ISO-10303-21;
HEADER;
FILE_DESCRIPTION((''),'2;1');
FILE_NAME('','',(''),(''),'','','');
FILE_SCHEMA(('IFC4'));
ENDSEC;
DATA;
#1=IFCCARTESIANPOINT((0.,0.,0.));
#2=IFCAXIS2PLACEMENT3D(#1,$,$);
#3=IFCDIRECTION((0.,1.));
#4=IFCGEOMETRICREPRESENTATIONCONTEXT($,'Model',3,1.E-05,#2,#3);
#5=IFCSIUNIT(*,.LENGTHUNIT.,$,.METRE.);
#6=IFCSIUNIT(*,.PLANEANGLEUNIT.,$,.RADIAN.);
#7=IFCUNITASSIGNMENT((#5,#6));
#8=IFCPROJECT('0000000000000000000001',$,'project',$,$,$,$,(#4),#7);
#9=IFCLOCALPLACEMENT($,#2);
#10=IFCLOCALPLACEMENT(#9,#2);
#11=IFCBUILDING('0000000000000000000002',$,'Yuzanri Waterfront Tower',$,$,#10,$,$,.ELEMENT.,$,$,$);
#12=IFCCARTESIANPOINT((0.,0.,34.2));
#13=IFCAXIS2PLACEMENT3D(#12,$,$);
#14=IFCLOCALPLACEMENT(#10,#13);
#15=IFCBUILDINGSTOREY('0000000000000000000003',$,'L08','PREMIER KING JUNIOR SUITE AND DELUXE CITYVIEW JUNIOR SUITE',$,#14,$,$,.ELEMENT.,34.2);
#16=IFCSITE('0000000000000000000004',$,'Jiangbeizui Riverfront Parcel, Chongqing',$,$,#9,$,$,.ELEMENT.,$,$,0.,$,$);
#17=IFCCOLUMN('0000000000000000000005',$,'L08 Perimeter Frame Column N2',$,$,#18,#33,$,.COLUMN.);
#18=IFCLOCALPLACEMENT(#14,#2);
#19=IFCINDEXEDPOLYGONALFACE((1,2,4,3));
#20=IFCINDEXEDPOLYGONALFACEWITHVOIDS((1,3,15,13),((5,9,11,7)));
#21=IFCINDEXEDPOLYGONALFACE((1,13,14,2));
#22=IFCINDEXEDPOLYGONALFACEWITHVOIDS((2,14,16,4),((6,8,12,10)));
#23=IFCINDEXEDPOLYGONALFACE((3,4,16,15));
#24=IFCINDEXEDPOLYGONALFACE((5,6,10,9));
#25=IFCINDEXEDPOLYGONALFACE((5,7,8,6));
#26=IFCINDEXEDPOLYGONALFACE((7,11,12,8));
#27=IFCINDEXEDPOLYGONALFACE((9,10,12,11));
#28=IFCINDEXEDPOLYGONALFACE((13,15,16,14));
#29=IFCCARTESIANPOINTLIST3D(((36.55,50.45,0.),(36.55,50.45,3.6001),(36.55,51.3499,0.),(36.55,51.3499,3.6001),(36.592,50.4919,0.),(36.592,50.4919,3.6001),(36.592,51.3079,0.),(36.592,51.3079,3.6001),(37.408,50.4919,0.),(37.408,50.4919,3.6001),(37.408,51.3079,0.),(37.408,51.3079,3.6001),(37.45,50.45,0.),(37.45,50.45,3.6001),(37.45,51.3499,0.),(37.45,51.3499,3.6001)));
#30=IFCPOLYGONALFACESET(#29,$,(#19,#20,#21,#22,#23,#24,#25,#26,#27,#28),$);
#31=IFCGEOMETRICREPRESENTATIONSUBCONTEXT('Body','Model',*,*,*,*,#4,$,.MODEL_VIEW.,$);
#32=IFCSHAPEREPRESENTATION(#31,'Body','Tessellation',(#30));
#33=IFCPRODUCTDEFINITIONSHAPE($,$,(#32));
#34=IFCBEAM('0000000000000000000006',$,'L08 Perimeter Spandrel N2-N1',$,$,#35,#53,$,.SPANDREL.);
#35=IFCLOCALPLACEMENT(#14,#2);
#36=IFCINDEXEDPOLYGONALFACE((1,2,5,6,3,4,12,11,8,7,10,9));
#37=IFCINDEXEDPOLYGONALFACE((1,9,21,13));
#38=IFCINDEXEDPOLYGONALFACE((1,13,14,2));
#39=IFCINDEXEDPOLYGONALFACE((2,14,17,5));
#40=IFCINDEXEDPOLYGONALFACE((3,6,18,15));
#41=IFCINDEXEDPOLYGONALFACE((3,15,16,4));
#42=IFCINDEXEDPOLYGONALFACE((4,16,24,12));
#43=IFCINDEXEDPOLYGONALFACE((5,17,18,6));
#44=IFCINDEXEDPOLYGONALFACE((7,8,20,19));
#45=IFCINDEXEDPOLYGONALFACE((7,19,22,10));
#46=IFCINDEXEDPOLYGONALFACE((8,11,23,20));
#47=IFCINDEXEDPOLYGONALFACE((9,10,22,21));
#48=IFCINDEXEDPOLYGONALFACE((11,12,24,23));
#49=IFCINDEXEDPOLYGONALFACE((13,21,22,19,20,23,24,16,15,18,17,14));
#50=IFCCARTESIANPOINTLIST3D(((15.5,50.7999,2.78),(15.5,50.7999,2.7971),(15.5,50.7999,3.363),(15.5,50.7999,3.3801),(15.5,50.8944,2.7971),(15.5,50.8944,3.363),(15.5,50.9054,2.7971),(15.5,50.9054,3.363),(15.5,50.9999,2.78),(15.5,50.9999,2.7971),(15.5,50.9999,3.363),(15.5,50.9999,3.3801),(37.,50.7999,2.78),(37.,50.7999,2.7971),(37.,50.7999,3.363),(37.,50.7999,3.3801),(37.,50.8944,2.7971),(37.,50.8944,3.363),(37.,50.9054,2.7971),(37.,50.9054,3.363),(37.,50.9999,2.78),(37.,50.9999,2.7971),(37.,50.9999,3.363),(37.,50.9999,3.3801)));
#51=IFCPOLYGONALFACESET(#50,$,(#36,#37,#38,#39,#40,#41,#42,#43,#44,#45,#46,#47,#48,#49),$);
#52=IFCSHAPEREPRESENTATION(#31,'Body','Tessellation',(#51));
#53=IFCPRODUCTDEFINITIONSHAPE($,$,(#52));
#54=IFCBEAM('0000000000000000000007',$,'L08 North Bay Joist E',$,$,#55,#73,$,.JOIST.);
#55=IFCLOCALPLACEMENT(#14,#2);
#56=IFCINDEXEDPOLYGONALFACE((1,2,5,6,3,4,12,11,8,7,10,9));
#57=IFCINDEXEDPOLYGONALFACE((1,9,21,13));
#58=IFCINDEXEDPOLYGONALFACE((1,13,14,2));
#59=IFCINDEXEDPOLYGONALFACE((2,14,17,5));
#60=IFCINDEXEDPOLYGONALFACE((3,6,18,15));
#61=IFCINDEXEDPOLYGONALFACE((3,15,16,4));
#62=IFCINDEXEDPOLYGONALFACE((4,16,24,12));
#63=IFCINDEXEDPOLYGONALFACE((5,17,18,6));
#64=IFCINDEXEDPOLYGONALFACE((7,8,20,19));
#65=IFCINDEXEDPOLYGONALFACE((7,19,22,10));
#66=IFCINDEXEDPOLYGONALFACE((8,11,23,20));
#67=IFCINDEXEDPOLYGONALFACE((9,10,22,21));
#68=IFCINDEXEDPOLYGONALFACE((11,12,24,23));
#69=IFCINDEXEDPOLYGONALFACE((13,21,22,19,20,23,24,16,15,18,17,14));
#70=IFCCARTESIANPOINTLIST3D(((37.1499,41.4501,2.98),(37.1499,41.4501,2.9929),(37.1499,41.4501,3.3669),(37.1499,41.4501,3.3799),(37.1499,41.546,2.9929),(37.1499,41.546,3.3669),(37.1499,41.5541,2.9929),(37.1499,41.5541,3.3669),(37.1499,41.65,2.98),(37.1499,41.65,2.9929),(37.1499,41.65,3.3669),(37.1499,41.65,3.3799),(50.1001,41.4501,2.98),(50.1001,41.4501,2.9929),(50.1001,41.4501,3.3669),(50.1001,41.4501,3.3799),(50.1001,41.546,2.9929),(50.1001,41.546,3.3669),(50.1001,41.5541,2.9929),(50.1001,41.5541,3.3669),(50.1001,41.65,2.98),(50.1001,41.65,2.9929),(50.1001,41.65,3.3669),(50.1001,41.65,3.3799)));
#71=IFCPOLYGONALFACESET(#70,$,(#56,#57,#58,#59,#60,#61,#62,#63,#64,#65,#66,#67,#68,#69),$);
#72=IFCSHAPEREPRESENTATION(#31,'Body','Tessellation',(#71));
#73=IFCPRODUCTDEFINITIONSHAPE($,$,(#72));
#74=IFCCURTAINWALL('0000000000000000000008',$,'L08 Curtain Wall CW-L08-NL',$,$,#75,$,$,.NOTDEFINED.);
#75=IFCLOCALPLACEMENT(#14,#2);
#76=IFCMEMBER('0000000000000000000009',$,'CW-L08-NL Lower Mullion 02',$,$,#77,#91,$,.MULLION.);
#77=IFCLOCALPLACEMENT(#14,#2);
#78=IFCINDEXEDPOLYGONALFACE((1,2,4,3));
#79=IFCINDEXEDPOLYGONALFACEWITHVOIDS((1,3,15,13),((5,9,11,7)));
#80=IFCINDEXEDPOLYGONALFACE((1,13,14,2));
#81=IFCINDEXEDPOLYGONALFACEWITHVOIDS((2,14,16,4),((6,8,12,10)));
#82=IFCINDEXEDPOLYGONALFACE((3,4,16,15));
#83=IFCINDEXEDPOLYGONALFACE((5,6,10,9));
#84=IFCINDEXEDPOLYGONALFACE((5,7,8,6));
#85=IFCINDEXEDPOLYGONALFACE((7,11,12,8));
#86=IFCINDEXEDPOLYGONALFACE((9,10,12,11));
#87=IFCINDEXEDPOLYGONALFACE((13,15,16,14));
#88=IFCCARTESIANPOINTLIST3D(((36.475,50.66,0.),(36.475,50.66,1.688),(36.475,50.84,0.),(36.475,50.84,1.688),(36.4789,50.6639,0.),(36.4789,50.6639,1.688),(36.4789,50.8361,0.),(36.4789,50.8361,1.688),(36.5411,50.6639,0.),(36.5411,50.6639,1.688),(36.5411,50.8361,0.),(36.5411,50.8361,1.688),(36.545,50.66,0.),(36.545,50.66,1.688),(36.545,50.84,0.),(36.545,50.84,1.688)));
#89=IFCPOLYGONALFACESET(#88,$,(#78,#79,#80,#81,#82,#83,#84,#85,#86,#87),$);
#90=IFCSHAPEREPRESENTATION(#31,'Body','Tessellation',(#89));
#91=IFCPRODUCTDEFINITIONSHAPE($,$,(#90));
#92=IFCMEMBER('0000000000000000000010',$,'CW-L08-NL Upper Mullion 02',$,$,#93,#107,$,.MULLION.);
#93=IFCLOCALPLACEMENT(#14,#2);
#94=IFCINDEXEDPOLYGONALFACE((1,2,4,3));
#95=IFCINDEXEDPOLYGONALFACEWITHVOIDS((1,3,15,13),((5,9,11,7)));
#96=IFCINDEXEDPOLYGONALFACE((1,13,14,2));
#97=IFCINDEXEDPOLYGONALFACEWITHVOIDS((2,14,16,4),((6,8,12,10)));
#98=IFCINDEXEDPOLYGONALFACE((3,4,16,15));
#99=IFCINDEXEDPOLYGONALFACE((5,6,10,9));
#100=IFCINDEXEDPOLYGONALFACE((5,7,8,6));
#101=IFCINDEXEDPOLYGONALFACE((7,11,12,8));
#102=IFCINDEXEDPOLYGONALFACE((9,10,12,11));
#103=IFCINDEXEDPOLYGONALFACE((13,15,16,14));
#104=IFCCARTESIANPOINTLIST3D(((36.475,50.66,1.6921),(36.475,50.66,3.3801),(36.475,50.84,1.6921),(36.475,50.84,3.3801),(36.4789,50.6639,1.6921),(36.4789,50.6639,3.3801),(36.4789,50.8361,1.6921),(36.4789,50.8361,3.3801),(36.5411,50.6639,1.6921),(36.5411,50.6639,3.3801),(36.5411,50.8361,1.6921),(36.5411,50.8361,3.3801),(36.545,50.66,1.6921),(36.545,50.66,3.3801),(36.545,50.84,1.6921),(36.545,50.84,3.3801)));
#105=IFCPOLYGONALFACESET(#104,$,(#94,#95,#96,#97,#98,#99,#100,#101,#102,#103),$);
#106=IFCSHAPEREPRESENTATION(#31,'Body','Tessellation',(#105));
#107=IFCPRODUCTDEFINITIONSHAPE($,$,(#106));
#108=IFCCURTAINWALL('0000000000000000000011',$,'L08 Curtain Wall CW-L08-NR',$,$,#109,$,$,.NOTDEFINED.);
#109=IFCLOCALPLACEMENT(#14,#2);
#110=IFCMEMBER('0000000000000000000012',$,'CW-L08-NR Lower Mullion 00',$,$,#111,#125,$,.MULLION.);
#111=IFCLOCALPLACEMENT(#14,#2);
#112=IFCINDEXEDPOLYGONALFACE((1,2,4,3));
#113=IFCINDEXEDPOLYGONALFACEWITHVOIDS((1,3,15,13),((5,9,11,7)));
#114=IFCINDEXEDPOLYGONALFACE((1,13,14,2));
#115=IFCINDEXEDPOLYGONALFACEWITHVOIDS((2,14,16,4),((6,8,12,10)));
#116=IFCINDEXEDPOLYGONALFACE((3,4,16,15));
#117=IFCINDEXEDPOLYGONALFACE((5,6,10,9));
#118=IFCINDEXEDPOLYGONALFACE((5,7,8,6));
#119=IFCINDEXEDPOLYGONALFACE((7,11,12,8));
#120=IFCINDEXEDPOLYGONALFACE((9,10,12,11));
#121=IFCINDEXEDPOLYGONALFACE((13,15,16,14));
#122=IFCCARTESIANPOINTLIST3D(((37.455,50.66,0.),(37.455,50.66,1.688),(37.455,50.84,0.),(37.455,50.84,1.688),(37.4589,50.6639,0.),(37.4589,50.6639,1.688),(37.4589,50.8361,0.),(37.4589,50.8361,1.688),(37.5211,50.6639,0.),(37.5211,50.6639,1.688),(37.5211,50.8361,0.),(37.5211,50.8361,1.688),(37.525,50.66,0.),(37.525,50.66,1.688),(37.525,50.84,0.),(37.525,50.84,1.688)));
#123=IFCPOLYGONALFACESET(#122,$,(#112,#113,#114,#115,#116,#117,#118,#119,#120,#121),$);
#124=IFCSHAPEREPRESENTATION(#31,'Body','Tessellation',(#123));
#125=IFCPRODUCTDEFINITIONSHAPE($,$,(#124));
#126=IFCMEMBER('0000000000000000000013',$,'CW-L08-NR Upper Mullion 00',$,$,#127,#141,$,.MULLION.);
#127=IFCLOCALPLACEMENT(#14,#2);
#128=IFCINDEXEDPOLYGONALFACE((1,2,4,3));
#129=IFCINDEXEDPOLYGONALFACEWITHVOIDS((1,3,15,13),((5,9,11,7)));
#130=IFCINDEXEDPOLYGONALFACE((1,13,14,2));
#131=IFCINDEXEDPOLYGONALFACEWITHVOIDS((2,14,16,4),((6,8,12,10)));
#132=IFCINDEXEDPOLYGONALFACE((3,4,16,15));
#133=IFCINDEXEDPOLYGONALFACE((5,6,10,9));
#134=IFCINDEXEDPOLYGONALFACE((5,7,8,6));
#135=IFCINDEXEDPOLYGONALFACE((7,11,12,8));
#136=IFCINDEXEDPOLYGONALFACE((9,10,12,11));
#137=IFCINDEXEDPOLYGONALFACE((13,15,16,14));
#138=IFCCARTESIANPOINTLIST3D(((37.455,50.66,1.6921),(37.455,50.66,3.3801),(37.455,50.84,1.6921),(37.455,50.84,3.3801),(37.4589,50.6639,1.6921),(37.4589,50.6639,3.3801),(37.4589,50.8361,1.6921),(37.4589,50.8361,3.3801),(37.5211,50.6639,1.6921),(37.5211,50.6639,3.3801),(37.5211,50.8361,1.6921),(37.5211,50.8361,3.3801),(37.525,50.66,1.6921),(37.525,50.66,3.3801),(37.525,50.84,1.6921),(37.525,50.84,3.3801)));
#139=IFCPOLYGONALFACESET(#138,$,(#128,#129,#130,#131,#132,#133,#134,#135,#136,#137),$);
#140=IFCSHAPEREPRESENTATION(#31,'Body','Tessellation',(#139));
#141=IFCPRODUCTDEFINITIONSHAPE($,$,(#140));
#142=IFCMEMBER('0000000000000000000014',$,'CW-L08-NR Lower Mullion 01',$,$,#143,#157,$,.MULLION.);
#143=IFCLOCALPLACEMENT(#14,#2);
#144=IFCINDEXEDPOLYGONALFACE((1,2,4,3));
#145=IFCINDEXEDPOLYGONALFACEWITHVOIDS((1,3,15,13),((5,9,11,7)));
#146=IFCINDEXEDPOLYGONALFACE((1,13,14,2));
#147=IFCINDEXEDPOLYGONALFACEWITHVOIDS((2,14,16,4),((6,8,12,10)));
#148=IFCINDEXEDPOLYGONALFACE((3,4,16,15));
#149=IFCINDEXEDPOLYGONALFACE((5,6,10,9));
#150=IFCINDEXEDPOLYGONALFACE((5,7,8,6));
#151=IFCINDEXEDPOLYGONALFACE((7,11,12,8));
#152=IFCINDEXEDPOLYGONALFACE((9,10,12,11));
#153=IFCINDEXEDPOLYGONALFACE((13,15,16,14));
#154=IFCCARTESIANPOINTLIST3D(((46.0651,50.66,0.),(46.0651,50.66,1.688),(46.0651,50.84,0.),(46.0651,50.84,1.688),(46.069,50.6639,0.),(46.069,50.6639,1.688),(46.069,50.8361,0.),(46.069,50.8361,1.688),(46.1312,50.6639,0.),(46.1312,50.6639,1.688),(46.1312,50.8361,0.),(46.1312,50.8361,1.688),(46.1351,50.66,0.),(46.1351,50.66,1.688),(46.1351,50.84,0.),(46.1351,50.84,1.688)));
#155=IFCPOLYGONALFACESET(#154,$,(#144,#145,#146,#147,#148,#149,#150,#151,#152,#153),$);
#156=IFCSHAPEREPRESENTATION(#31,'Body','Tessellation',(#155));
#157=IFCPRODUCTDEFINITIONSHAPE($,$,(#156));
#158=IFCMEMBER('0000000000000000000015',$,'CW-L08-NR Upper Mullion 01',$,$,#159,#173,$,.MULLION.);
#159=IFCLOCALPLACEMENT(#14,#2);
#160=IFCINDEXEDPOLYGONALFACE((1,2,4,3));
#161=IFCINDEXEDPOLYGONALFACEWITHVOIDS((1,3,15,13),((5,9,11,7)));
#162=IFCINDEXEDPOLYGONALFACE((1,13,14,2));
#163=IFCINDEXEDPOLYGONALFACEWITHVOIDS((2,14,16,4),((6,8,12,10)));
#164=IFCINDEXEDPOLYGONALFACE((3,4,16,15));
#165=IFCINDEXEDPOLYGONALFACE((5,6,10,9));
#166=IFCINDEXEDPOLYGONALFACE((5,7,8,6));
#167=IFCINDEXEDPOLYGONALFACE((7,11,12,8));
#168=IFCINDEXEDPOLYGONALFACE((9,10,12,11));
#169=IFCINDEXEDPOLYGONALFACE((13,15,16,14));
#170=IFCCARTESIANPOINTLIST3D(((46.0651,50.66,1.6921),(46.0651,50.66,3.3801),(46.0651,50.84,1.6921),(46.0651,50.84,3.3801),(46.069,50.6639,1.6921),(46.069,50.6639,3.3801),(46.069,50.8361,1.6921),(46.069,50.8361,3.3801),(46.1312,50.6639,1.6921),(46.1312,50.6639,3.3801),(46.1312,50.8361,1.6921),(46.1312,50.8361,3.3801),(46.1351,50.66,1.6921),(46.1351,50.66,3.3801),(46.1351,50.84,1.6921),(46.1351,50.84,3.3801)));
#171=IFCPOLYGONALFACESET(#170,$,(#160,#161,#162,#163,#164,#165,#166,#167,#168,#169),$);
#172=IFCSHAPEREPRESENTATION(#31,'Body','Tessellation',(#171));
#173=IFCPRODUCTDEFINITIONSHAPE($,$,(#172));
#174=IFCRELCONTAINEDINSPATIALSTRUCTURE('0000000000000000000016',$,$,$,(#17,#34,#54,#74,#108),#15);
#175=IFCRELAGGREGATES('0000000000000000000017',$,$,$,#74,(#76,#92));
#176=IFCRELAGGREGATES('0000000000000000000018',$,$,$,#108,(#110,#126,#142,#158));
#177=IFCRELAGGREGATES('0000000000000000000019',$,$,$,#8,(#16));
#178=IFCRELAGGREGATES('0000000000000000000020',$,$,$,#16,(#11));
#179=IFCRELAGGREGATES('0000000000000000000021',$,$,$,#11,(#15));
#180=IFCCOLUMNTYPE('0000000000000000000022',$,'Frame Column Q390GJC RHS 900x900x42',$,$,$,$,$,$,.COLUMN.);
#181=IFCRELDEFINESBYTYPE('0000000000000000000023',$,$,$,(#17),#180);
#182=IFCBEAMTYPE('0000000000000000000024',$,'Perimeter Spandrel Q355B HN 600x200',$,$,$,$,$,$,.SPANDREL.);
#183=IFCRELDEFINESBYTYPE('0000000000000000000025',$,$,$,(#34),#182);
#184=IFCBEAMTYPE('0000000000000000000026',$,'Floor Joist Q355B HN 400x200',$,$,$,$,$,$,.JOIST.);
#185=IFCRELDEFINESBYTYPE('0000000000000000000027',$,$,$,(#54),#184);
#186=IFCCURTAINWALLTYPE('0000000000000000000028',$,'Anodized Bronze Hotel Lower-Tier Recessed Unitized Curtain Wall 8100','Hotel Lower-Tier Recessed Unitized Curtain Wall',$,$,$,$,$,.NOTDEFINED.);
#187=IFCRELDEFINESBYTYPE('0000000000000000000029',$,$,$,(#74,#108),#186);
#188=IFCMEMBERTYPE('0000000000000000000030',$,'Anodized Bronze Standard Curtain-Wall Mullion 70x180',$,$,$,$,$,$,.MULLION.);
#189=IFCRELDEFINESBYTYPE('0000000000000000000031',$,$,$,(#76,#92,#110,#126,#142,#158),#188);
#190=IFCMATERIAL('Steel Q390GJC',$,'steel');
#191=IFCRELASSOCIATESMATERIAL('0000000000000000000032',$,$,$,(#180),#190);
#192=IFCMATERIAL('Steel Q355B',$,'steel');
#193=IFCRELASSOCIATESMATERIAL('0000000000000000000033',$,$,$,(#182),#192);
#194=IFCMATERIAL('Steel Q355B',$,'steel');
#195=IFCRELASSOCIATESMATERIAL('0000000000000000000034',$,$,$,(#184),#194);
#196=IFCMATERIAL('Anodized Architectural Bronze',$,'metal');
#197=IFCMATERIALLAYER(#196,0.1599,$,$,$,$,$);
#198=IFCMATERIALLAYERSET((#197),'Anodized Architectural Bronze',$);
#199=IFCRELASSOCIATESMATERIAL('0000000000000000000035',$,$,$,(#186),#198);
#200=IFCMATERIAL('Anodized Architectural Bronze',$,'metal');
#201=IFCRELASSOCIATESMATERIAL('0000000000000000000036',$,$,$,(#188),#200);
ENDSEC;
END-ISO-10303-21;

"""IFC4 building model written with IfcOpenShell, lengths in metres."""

from ifc_helpers import new_model, si_unit, direction, frame, origin, origin_2d, place, context, subcontext, project, spatial, hollow_rectangle, i_section, extrude, source, transform, mapped, material, layer, layer_set, material_profile, profile_set, type_object, element, aggregate, save


model = new_model("IFC4")

# Units and contexts
model_context = context("Model", 3, precision=1e-05, world=origin(), true_north=direction((0.0, 1.0)))
body_context = subcontext(model_context, "Body", "Model", "MODEL_VIEW")
ifc_project = project(units=[si_unit("LENGTHUNIT", "METRE"), si_unit("PLANEANGLEUNIT", "RADIAN")], contexts=[model_context])

# Site, building, storey
site_placement = place(None, origin())
site = spatial("IfcSite", under=ifc_project, at=site_placement, Name="Jiangbeizui Riverfront Parcel, Chongqing", CompositionType="ELEMENT", RefElevation=0.0)
building_placement = place(site_placement, origin())
building = spatial("IfcBuilding", under=site, at=building_placement, Name="Yuzanri Waterfront Tower", CompositionType="ELEMENT")
storey_placement = place(building_placement, frame((0.0, 0.0, 34.2)))
storey = spatial("IfcBuildingStorey", under=building, at=storey_placement, Name="L08", Description="PREMIER KING JUNIOR SUITE AND DELUXE CITYVIEW JUNIOR SUITE", CompositionType="ELEMENT", Elevation=34.2)

# Column
ifc_material_1 = material(Name="Steel Q390GJC", Category="steel")
ifc_material_profile_1 = material_profile(ifc_material_1, hollow_rectangle(XDim=0.8999, YDim=0.8999, WallThickness=0.042, at=origin_2d()), Name="RHS 900x900x42")
ifc_profile_set_1 = profile_set([ifc_material_profile_1], Name="Steel Q390GJC")
column_type = type_object("IfcColumnType", Name="Frame Column Q390GJC RHS 900x900x42", PredefinedType="COLUMN", material=ifc_profile_set_1)
shared_shape_1 = source(origin(), body_context, "Body", "SweptSolid", [
    extrude(hollow_rectangle(XDim=0.8999, YDim=0.8999, WallThickness=0.042, at=origin_2d()), origin(), (0.0, 0.0, 1.0), 3.6001),
])
column_placement = place(storey_placement, frame((37.0, 50.8999, 0.0), z_axis=(0.0, 0.0, 1.0), x_axis=(1.0, 0.0, 0.0)))
element("IfcColumn", 1, at=column_placement, inside=storey, type_object=column_type, Name="L08 Perimeter Frame Column N2", PredefinedType="COLUMN", context=body_context, shape_type="MappedRepresentation", body=[
    mapped(shared_shape_1, transform((0.0, 0.0, 0.0), scale=1.0)),
])

# Beams
ifc_material_2 = material(Name="Steel Q355B", Category="steel")
ifc_material_profile_2 = material_profile(ifc_material_2, i_section(OverallWidth=0.2, OverallDepth=0.6001, WebThickness=0.011, FlangeThickness=0.0171, at=origin_2d()), Name="HN 600x200x11x17")
ifc_profile_set_2 = profile_set([ifc_material_profile_2], Name="Steel Q355B")
beam_type_1 = type_object("IfcBeamType", Name="Perimeter Spandrel Q355B HN 600x200", PredefinedType="SPANDREL", material=ifc_profile_set_2)
shared_shape_2 = source(origin(), body_context, "Body", "SweptSolid", [
    extrude(i_section(OverallWidth=0.2, OverallDepth=0.6001, WebThickness=0.011, FlangeThickness=0.0171, at=origin_2d()), origin(), (0.0, 0.0, 1.0), 21.5),
])
beam_1_placement = place(storey_placement, frame((37.0, 50.8999, 3.0801), z_axis=(-1.0, 0.0, 0.0), x_axis=(0.0, -1.0, 0.0)))
element("IfcBeam", 2, at=beam_1_placement, inside=storey, type_object=beam_type_1, Name="L08 Perimeter Spandrel N2-N1", PredefinedType="SPANDREL", context=body_context, shape_type="MappedRepresentation", body=[
    mapped(shared_shape_2, transform((0.0, 0.0, 0.0), scale=1.0)),
])
ifc_material_3 = material(Name="Steel Q355B", Category="steel")
ifc_material_profile_3 = material_profile(ifc_material_3, i_section(OverallWidth=0.2, OverallDepth=0.3999, WebThickness=0.0081, FlangeThickness=0.0129, at=origin_2d()), Name="HN 400x200x8x13")
ifc_profile_set_3 = profile_set([ifc_material_profile_3], Name="Steel Q355B")
beam_type_2 = type_object("IfcBeamType", Name="Floor Joist Q355B HN 400x200", PredefinedType="JOIST", material=ifc_profile_set_3)
shared_shape_3 = source(origin(), body_context, "Body", "SweptSolid", [
    extrude(i_section(OverallWidth=0.2, OverallDepth=0.3999, WebThickness=0.0081, FlangeThickness=0.0129, at=origin_2d()), origin(), (0.0, 0.0, 1.0), 12.9502),
])
beam_2_placement = place(storey_placement, frame((37.1499, 41.55, 3.1799), z_axis=(1.0, 0.0, 0.0), x_axis=(0.0, 1.0, 0.0)))
element("IfcBeam", 3, at=beam_2_placement, inside=storey, type_object=beam_type_2, Name="L08 North Bay Joist E", PredefinedType="JOIST", context=body_context, shape_type="MappedRepresentation", body=[
    mapped(shared_shape_3, transform((0.0, 0.0, 0.0), scale=1.0)),
])

# Curtain wall, members
ifc_material_4 = material(Name="Anodized Architectural Bronze", Category="metal")
ifc_layer_1 = layer(ifc_material_4, 0.1599)
ifc_layer_set_1 = layer_set([ifc_layer_1], Name="Anodized Architectural Bronze")
curtain_wall_type = type_object("IfcCurtainWallType", Name="Anodized Bronze Hotel Lower-Tier Recessed Unitized Curtain Wall 8100", Description="Hotel Lower-Tier Recessed Unitized Curtain Wall", PredefinedType="NOTDEFINED", material=ifc_layer_set_1)
curtain_wall_1_placement = place(storey_placement, origin())
curtain_wall_1 = element("IfcCurtainWall", 4, at=curtain_wall_1_placement, inside=storey, type_object=curtain_wall_type, Name="L08 Curtain Wall CW-L08-NL", PredefinedType="NOTDEFINED")
ifc_material_5 = material(Name="Anodized Architectural Bronze", Category="metal")
ifc_material_profile_4 = material_profile(ifc_material_5, hollow_rectangle(XDim=0.0701, YDim=0.1799, WallThickness=0.0039, at=origin_2d()), Name="CWM 70x180")
ifc_profile_set_4 = profile_set([ifc_material_profile_4], Name="Anodized Architectural Bronze")
member_type_1 = type_object("IfcMemberType", Name="Anodized Bronze Standard Curtain-Wall Mullion 70x180", PredefinedType="MULLION", material=ifc_profile_set_4)
shared_shape_4 = source(origin(), body_context, "Body", "SweptSolid", [
    extrude(hollow_rectangle(XDim=0.0701, YDim=0.1799, WallThickness=0.0039, at=origin_2d()), origin(), (0.0, 0.0, 1.0), 1.688),
])
member_1_placement = place(storey_placement, frame((36.51, 50.75, 0.0), z_axis=(0.0, 0.0, 1.0), x_axis=(1.0, 0.0, 0.0)))
member_1 = element("IfcMember", 5, at=member_1_placement, type_object=member_type_1, Name="CW-L08-NL Lower Mullion 02", PredefinedType="MULLION", context=body_context, shape_type="MappedRepresentation", body=[
    mapped(shared_shape_4, transform((0.0, 0.0, 0.0), scale=1.0)),
])
member_2_placement = place(storey_placement, frame((36.51, 50.75, 1.6921), z_axis=(0.0, 0.0, 1.0), x_axis=(1.0, 0.0, 0.0)))
member_2 = element("IfcMember", 6, at=member_2_placement, type_object=member_type_1, Name="CW-L08-NL Upper Mullion 02", PredefinedType="MULLION", context=body_context, shape_type="MappedRepresentation", body=[
    mapped(shared_shape_4, transform((0.0, 0.0, 0.0), scale=1.0)),
])
aggregate(curtain_wall_1, [member_1, member_2])

# Curtain wall, members
curtain_wall_2_placement = place(storey_placement, origin())
curtain_wall_2 = element("IfcCurtainWall", 7, at=curtain_wall_2_placement, inside=storey, type_object=curtain_wall_type, Name="L08 Curtain Wall CW-L08-NR", PredefinedType="NOTDEFINED")
member_3_placement = place(storey_placement, frame((37.49, 50.75, 0.0), z_axis=(0.0, 0.0, 1.0), x_axis=(1.0, 0.0, 0.0)))
member_3 = element("IfcMember", 8, at=member_3_placement, type_object=member_type_1, Name="CW-L08-NR Lower Mullion 00", PredefinedType="MULLION", context=body_context, shape_type="MappedRepresentation", body=[
    mapped(shared_shape_4, transform((0.0, 0.0, 0.0), scale=1.0)),
])
member_4_placement = place(storey_placement, frame((37.49, 50.75, 1.6921), z_axis=(0.0, 0.0, 1.0), x_axis=(1.0, 0.0, 0.0)))
member_4 = element("IfcMember", 9, at=member_4_placement, type_object=member_type_1, Name="CW-L08-NR Upper Mullion 00", PredefinedType="MULLION", context=body_context, shape_type="MappedRepresentation", body=[
    mapped(shared_shape_4, transform((0.0, 0.0, 0.0), scale=1.0)),
])
member_5_placement = place(storey_placement, frame((46.1001, 50.75, 0.0), z_axis=(0.0, 0.0, 1.0), x_axis=(1.0, 0.0, 0.0)))
member_5 = element("IfcMember", 10, at=member_5_placement, type_object=member_type_1, Name="CW-L08-NR Lower Mullion 01", PredefinedType="MULLION", context=body_context, shape_type="MappedRepresentation", body=[
    mapped(shared_shape_4, transform((0.0, 0.0, 0.0), scale=1.0)),
])
member_6_placement = place(storey_placement, frame((46.1001, 50.75, 1.6921), z_axis=(0.0, 0.0, 1.0), x_axis=(1.0, 0.0, 0.0)))
member_6 = element("IfcMember", 11, at=member_6_placement, type_object=member_type_1, Name="CW-L08-NR Upper Mullion 01", PredefinedType="MULLION", context=body_context, shape_type="MappedRepresentation", body=[
    mapped(shared_shape_4, transform((0.0, 0.0, 0.0), scale=1.0)),
])
aggregate(curtain_wall_2, [member_3, member_4, member_5, member_6])

save(model, "model.ifc")
